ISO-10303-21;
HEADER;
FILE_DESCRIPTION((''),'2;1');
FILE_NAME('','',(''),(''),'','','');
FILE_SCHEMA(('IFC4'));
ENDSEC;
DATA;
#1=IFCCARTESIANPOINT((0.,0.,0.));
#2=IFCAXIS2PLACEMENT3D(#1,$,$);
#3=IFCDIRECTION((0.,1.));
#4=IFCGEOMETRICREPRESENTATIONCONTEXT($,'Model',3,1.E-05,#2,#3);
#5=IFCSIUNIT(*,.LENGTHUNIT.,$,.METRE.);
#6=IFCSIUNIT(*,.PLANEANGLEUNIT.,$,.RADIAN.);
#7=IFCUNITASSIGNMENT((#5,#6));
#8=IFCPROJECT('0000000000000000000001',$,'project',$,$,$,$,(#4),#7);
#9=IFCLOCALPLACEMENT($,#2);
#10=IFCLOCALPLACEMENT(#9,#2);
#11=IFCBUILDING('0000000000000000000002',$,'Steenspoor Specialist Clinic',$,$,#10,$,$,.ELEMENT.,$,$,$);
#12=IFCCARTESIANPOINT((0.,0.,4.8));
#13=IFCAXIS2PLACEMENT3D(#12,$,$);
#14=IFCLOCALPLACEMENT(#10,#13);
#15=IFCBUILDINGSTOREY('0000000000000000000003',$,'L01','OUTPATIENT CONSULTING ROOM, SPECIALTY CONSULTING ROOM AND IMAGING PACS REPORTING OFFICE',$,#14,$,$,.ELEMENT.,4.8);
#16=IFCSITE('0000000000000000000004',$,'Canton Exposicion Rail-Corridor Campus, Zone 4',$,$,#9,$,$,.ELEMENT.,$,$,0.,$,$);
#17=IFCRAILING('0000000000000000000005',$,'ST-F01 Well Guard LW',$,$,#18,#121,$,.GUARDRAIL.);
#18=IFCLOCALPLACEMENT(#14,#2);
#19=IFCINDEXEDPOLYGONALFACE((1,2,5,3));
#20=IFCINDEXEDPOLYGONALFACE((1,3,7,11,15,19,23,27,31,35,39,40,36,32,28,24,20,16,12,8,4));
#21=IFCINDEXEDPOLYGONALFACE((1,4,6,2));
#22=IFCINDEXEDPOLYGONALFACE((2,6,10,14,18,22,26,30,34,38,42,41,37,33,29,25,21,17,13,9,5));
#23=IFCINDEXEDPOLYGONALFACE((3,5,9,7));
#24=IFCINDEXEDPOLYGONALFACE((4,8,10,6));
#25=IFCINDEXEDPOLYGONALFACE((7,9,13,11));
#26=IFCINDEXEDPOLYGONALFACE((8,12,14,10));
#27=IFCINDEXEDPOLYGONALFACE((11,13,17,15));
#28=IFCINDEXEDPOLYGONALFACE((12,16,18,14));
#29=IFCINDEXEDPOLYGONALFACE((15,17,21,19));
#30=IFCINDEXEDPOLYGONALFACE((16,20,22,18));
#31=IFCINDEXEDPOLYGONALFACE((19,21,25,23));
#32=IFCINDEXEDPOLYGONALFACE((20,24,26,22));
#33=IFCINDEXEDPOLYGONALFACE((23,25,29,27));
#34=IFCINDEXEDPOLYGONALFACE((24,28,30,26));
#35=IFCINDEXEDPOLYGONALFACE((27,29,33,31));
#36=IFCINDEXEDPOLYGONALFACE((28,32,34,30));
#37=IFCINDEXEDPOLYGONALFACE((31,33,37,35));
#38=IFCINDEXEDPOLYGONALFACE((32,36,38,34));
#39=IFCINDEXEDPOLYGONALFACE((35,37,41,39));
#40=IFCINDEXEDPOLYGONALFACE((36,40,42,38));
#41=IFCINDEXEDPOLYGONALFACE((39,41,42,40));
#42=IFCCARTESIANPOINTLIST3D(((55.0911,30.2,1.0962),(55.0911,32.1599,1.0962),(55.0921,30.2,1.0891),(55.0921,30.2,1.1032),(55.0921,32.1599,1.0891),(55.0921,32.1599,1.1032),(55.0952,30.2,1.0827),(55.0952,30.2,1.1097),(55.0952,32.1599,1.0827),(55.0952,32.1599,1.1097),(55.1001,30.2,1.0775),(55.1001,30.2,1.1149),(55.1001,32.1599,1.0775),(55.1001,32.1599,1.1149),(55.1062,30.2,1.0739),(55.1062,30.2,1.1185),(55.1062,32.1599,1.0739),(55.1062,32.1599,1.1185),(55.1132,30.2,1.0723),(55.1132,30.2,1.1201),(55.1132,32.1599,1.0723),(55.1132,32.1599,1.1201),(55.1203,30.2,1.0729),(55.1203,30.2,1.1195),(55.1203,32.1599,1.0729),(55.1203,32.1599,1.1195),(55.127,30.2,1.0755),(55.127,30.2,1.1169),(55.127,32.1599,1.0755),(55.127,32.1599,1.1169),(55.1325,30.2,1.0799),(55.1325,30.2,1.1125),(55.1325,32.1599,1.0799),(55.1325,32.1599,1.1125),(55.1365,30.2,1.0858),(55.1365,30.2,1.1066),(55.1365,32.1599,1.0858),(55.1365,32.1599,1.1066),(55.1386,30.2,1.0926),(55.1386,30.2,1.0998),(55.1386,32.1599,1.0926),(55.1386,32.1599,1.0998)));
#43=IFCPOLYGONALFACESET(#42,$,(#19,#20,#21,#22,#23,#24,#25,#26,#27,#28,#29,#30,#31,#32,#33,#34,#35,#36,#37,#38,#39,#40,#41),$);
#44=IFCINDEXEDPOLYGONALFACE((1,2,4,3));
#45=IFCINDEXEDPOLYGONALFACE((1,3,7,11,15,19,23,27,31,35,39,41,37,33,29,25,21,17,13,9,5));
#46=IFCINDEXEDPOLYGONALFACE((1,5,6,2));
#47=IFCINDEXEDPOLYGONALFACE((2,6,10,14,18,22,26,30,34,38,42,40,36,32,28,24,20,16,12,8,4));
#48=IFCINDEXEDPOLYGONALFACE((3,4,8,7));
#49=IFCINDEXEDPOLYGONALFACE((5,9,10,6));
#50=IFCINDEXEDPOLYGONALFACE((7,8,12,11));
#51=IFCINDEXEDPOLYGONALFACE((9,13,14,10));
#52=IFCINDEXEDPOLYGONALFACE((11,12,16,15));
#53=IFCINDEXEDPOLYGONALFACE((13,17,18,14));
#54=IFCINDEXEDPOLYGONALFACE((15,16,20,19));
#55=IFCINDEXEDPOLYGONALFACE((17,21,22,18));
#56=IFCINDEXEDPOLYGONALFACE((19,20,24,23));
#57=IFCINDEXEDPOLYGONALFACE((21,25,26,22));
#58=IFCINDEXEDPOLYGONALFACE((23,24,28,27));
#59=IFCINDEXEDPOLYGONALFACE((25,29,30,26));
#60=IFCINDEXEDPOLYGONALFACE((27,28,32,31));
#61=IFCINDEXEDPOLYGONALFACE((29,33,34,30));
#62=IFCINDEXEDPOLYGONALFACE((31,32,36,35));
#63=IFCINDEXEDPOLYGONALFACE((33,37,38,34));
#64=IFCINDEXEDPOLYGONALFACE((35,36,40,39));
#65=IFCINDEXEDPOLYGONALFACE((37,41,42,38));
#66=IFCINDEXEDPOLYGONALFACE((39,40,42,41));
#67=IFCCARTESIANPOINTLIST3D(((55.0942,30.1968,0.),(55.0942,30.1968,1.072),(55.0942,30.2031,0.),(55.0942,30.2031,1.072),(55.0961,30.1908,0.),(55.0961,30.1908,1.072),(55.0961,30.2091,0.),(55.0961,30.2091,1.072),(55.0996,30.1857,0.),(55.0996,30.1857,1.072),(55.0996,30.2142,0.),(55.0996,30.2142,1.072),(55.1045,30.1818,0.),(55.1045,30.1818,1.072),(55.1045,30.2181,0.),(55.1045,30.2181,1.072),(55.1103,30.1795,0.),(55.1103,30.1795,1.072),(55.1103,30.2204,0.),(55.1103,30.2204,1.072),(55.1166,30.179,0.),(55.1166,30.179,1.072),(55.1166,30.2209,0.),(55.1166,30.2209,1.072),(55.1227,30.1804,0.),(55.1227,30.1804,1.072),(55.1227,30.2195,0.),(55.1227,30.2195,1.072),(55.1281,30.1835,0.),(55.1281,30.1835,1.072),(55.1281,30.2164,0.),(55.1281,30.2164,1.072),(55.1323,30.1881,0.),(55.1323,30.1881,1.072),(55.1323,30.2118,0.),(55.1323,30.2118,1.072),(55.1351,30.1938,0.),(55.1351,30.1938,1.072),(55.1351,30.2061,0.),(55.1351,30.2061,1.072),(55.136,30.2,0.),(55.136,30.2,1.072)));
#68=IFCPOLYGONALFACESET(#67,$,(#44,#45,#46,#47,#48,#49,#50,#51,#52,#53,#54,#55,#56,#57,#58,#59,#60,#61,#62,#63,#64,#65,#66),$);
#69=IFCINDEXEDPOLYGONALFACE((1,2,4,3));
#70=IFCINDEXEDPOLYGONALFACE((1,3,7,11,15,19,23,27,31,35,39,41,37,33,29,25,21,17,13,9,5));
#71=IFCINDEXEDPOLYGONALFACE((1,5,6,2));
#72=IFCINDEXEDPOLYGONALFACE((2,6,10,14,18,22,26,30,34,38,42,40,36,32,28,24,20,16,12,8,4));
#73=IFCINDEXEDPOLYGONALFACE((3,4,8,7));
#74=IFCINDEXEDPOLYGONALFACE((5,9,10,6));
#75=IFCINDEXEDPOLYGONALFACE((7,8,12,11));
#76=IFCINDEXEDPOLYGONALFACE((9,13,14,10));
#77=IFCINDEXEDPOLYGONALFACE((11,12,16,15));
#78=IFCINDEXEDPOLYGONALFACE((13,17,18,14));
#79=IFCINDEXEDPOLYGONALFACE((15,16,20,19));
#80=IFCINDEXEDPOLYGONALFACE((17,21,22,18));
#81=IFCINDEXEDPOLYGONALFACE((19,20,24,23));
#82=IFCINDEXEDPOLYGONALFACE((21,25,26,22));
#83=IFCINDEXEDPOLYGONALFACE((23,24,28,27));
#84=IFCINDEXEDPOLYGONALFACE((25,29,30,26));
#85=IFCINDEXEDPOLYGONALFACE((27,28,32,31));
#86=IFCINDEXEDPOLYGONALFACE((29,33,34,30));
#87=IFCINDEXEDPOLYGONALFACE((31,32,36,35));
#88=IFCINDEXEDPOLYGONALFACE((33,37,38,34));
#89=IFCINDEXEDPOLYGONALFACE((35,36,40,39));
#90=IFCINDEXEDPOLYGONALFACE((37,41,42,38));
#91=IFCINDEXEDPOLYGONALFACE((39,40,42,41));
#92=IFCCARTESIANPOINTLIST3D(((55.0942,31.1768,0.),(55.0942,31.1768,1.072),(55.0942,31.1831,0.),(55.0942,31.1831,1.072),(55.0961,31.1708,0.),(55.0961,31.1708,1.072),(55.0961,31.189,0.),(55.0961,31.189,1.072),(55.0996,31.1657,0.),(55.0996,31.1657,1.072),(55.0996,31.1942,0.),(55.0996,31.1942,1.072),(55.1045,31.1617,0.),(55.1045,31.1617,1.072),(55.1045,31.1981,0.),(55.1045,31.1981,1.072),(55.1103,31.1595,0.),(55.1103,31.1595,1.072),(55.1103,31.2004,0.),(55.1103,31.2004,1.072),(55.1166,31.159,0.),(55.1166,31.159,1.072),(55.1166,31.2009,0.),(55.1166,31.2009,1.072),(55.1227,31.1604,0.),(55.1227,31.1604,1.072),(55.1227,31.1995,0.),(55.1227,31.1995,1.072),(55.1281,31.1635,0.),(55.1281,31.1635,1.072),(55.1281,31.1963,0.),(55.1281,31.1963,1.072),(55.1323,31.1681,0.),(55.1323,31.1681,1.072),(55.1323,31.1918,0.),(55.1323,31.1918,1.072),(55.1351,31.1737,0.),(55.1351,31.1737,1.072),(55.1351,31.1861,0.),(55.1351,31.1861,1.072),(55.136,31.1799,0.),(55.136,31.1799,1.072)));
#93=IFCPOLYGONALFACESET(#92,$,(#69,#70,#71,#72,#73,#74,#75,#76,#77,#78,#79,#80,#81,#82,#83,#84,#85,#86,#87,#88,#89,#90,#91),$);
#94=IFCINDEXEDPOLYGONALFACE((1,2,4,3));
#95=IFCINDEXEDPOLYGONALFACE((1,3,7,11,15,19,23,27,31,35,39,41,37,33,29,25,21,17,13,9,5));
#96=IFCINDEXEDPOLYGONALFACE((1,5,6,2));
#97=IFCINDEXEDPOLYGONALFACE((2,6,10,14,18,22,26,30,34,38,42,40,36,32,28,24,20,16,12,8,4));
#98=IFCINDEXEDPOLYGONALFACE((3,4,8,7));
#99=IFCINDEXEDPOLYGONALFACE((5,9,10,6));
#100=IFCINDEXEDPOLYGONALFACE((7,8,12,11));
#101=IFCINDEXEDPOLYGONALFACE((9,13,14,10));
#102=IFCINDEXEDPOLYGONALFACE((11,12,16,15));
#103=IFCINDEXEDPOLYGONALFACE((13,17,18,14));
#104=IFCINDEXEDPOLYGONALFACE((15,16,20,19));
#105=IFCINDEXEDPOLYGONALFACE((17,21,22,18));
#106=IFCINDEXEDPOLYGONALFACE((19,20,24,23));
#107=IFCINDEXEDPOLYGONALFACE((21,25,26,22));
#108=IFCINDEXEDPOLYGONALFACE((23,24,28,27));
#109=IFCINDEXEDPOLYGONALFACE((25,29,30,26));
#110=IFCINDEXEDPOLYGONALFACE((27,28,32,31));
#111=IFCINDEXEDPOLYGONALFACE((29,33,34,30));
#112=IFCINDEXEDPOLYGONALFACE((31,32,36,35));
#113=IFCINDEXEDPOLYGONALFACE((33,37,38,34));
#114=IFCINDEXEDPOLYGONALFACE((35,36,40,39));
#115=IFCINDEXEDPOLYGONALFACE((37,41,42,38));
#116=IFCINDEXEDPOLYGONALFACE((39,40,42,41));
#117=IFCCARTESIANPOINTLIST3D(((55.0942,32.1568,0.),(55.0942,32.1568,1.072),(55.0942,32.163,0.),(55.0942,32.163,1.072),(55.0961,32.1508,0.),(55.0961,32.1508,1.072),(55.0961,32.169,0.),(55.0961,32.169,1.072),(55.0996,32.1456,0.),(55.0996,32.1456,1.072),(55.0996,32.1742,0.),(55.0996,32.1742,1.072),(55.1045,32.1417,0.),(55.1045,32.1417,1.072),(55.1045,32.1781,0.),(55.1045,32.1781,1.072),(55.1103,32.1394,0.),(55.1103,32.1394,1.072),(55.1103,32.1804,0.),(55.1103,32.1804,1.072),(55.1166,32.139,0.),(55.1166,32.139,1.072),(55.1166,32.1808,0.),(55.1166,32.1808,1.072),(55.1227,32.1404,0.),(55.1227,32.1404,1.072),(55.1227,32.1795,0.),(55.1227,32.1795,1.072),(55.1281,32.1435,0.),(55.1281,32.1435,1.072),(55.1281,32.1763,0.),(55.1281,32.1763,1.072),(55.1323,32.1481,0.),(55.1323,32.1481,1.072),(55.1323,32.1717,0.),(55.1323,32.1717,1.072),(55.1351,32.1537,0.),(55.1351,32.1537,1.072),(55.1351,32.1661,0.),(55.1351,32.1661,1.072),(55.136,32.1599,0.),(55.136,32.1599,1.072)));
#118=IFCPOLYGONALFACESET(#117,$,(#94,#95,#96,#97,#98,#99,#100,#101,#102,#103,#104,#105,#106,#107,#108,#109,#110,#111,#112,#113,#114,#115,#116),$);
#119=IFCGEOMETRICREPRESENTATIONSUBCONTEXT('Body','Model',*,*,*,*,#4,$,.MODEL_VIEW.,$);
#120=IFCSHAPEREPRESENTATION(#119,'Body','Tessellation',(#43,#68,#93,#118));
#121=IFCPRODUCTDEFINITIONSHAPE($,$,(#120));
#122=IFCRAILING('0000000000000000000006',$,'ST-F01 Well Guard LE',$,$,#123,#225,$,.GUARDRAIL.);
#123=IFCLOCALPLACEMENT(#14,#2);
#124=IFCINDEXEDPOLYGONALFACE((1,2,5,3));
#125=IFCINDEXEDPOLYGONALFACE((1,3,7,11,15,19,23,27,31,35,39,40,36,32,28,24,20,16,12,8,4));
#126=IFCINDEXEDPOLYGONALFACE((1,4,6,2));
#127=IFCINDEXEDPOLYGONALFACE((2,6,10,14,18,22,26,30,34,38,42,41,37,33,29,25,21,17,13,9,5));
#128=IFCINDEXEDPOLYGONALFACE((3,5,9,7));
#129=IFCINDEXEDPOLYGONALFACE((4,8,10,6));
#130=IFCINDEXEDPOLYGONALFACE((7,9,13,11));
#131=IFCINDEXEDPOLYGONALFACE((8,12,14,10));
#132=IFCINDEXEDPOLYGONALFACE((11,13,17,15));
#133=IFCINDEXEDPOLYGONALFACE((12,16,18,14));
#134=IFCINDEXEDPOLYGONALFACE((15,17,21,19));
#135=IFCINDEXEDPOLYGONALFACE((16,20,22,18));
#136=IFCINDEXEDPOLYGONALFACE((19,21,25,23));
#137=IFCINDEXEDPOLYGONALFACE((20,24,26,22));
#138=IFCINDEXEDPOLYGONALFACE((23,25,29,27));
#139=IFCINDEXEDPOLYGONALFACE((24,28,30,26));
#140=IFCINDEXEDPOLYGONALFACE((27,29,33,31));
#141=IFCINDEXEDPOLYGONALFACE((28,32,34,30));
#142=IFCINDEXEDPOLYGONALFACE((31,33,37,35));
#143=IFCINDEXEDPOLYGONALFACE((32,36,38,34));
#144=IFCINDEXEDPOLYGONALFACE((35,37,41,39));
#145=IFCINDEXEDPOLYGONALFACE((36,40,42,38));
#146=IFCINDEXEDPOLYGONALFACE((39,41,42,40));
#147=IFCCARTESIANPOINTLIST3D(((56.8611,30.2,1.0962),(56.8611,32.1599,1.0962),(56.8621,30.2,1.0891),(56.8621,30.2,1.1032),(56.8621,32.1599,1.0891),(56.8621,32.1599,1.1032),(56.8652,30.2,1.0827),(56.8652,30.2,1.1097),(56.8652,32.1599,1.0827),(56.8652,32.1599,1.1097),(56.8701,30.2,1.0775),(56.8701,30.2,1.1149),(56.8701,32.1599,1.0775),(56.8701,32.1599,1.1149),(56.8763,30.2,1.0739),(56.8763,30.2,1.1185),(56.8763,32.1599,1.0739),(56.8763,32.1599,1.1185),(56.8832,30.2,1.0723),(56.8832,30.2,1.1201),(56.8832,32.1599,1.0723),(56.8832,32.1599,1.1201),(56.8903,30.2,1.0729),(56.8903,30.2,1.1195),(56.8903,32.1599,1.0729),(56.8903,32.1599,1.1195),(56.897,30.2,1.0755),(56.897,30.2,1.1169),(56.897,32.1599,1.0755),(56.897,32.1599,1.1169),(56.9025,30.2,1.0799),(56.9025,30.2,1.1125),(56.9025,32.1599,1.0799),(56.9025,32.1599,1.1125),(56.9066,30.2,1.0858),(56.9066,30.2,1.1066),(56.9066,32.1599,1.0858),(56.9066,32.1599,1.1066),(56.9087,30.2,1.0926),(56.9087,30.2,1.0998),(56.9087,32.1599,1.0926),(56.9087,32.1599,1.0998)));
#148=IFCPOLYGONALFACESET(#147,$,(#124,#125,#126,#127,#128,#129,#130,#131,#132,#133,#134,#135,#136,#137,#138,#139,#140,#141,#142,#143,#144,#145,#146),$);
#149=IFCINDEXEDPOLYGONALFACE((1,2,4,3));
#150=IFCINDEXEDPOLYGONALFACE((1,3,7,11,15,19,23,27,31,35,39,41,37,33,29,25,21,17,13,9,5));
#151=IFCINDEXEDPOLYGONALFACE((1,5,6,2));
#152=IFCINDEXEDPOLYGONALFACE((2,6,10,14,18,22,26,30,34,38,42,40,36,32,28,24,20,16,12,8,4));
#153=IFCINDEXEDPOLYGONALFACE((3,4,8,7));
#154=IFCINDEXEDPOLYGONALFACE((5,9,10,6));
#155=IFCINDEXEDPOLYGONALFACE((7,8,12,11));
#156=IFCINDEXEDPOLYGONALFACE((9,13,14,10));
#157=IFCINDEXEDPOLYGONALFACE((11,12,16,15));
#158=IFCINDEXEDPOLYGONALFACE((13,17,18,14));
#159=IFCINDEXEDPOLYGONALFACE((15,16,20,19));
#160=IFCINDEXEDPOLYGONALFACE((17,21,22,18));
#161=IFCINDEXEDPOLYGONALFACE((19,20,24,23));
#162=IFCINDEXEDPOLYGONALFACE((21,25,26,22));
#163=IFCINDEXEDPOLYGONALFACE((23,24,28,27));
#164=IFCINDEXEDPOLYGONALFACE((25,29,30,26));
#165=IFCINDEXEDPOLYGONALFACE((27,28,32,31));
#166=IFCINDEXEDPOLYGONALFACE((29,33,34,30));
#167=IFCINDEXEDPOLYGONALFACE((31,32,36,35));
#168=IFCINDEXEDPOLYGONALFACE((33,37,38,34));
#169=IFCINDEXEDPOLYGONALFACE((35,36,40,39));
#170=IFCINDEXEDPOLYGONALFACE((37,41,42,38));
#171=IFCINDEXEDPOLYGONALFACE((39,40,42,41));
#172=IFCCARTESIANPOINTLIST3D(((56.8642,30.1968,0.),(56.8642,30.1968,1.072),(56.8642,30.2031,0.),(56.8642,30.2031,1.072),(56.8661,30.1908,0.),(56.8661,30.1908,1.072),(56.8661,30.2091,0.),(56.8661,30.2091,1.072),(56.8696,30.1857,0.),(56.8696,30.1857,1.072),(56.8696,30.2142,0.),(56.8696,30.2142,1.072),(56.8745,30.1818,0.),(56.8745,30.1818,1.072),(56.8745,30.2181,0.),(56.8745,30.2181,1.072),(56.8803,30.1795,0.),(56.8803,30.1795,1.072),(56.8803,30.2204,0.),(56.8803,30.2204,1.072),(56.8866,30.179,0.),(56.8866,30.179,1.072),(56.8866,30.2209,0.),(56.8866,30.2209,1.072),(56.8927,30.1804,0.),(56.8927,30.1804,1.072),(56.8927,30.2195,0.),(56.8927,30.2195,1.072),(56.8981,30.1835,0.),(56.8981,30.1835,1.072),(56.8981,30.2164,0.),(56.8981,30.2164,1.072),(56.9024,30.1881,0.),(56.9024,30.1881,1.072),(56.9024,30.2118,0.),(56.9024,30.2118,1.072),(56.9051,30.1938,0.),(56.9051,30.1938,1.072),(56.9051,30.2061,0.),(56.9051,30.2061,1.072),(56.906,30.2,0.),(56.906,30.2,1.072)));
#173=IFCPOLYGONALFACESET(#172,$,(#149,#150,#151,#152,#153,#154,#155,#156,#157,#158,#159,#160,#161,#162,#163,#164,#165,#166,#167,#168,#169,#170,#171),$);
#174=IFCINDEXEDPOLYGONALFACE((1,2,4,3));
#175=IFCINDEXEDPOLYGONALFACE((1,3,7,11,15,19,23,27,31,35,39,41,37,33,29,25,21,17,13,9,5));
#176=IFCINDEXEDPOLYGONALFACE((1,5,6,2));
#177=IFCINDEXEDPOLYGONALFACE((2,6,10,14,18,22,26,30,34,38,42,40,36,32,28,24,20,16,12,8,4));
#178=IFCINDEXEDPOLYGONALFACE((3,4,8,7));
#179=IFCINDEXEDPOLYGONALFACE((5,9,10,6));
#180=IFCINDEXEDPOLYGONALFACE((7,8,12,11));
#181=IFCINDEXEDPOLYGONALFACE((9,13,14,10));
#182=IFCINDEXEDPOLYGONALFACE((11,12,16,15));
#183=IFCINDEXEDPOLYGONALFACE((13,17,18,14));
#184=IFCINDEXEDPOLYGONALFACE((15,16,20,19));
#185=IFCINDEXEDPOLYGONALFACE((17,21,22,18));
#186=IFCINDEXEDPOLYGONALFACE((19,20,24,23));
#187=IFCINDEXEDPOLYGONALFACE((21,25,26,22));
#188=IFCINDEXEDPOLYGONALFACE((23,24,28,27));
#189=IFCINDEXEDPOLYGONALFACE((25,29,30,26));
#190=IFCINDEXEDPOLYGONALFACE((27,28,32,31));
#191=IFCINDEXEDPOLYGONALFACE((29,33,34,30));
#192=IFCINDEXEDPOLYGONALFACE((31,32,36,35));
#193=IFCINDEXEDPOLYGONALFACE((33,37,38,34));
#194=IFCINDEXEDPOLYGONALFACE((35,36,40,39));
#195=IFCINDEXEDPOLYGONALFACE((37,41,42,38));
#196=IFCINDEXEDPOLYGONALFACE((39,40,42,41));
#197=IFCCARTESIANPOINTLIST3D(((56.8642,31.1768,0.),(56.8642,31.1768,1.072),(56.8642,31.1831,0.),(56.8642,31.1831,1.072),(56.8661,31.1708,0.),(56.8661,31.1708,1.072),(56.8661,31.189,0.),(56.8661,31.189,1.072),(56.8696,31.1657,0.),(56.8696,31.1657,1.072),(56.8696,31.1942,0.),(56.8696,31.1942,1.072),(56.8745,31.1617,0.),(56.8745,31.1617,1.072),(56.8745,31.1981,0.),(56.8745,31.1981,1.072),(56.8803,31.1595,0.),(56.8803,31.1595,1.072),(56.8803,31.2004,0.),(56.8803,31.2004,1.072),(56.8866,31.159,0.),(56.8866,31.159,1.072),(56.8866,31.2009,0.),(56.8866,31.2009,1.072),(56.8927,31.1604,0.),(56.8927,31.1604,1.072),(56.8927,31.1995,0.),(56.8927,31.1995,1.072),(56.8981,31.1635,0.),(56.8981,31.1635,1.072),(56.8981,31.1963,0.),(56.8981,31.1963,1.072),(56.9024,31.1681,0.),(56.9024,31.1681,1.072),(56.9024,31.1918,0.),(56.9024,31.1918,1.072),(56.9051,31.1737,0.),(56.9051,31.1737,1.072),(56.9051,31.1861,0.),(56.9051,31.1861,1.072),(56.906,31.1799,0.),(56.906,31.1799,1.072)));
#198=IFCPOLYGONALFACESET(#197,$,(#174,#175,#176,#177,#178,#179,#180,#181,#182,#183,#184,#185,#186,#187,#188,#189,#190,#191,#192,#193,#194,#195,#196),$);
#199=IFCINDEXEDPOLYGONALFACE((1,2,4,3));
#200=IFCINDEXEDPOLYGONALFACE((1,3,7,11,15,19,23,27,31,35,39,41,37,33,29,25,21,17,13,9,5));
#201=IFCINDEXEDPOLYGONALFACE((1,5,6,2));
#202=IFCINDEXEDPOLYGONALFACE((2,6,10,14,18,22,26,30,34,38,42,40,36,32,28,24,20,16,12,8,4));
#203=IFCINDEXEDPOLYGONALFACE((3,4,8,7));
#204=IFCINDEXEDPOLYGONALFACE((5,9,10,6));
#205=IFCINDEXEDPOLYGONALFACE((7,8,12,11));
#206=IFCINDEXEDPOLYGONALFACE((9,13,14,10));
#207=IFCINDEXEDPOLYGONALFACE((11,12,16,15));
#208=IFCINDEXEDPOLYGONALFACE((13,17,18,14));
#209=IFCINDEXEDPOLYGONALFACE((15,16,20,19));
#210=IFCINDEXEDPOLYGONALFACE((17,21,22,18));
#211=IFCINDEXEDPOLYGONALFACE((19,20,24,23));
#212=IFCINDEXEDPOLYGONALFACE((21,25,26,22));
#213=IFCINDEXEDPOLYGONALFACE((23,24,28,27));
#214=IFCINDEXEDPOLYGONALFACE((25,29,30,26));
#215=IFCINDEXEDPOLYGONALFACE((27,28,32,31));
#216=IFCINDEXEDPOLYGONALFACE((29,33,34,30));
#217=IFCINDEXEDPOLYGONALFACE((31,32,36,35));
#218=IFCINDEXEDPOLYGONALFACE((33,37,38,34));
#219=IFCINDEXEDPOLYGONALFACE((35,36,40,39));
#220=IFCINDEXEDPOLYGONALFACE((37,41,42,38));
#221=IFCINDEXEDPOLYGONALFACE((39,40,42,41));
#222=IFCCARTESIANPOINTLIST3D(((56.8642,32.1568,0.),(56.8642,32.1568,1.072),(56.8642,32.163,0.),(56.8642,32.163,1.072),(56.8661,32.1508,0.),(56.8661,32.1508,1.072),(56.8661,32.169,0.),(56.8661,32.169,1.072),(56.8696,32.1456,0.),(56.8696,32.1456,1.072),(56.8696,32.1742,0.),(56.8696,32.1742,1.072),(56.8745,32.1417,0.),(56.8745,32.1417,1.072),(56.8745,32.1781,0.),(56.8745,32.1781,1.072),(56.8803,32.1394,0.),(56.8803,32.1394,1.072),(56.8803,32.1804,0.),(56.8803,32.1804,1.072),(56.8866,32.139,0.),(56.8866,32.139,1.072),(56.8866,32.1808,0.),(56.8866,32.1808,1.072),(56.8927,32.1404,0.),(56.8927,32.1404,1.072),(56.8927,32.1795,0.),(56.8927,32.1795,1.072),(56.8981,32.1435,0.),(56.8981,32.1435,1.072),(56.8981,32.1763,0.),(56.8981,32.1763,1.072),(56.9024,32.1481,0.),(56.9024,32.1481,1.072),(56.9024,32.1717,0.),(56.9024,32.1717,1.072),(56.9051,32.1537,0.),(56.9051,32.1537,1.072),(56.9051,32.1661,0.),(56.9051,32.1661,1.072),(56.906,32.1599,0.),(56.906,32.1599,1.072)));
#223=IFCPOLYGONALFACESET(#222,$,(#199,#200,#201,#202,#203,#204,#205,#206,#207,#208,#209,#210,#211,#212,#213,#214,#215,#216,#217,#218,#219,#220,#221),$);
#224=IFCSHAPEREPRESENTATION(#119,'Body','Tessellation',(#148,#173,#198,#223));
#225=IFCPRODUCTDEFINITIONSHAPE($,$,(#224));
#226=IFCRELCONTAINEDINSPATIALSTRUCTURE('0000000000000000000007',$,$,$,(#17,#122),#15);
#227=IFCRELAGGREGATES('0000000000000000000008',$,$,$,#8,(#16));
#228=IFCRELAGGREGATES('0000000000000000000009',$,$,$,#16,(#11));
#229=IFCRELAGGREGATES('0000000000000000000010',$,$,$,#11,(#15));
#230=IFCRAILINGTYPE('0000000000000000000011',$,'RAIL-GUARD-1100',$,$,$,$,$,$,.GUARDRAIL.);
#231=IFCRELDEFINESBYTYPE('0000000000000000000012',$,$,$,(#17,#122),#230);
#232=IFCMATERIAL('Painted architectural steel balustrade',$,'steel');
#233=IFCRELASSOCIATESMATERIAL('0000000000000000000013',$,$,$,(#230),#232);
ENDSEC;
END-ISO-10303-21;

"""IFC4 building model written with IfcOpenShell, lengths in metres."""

from ifc_helpers import new_model, si_unit, direction, frame, origin, origin_2d, place, context, subcontext, project, spatial, circle, extrude, material, type_object, element, save


model = new_model("IFC4")

# Units and contexts
model_context = context("Model", 3, precision=1e-05, world=origin(), true_north=direction((0.0, 1.0)))
body_context = subcontext(model_context, "Body", "Model", "MODEL_VIEW")
ifc_project = project(units=[si_unit("LENGTHUNIT", "METRE"), si_unit("PLANEANGLEUNIT", "RADIAN")], contexts=[model_context])

# Site, building, storey
site_placement = place(None, origin())
site = spatial("IfcSite", under=ifc_project, at=site_placement, Name="Canton Exposicion Rail-Corridor Campus, Zone 4", CompositionType="ELEMENT", RefElevation=0.0)
building_placement = place(site_placement, origin())
building = spatial("IfcBuilding", under=site, at=building_placement, Name="Steenspoor Specialist Clinic", CompositionType="ELEMENT")
storey_placement = place(building_placement, frame((0.0, 0.0, 4.8)))
storey = spatial("IfcBuildingStorey", under=building, at=storey_placement, Name="L01", Description="OUTPATIENT CONSULTING ROOM, SPECIALTY CONSULTING ROOM AND IMAGING PACS REPORTING OFFICE", CompositionType="ELEMENT", Elevation=4.8)

# Railings
ifc_material_1 = material(Name="Painted architectural steel balustrade", Category="steel")
railing_type = type_object("IfcRailingType", Name="RAIL-GUARD-1100", PredefinedType="GUARDRAIL", material=ifc_material_1)
for number, where, name in (
    (1, (55.115, 30.2, 0.0), "ST-F01 Well Guard LW"),
    (2, (56.885, 30.2, 0.0), "ST-F01 Well Guard LE"),
):
    element("IfcRailing", number, at=place(storey_placement, frame(where)), inside=storey, type_object=railing_type, Name=name, PredefinedType="GUARDRAIL", context=body_context, shape_type="SweptSolid", body=[
        extrude(circle(Radius=0.0239, at=origin_2d()), frame((0.0, 0.0, 1.0962), z_axis=(0.0, 1.0, 0.0), x_axis=(-1.0, 0.0, 0.0)), (0.0, 0.0, 1.0), 1.96),
        extrude(circle(Radius=0.021, at=origin_2d()), origin(), (0.0, 0.0, 1.0), 1.072),
        extrude(circle(Radius=0.021, at=origin_2d()), frame((0.0, 0.98, 0.0)), (0.0, 0.0, 1.0), 1.072),
        extrude(circle(Radius=0.021, at=origin_2d()), frame((0.0, 1.96, 0.0)), (0.0, 0.0, 1.0), 1.072),
    ])

save(model, "model.ifc")
